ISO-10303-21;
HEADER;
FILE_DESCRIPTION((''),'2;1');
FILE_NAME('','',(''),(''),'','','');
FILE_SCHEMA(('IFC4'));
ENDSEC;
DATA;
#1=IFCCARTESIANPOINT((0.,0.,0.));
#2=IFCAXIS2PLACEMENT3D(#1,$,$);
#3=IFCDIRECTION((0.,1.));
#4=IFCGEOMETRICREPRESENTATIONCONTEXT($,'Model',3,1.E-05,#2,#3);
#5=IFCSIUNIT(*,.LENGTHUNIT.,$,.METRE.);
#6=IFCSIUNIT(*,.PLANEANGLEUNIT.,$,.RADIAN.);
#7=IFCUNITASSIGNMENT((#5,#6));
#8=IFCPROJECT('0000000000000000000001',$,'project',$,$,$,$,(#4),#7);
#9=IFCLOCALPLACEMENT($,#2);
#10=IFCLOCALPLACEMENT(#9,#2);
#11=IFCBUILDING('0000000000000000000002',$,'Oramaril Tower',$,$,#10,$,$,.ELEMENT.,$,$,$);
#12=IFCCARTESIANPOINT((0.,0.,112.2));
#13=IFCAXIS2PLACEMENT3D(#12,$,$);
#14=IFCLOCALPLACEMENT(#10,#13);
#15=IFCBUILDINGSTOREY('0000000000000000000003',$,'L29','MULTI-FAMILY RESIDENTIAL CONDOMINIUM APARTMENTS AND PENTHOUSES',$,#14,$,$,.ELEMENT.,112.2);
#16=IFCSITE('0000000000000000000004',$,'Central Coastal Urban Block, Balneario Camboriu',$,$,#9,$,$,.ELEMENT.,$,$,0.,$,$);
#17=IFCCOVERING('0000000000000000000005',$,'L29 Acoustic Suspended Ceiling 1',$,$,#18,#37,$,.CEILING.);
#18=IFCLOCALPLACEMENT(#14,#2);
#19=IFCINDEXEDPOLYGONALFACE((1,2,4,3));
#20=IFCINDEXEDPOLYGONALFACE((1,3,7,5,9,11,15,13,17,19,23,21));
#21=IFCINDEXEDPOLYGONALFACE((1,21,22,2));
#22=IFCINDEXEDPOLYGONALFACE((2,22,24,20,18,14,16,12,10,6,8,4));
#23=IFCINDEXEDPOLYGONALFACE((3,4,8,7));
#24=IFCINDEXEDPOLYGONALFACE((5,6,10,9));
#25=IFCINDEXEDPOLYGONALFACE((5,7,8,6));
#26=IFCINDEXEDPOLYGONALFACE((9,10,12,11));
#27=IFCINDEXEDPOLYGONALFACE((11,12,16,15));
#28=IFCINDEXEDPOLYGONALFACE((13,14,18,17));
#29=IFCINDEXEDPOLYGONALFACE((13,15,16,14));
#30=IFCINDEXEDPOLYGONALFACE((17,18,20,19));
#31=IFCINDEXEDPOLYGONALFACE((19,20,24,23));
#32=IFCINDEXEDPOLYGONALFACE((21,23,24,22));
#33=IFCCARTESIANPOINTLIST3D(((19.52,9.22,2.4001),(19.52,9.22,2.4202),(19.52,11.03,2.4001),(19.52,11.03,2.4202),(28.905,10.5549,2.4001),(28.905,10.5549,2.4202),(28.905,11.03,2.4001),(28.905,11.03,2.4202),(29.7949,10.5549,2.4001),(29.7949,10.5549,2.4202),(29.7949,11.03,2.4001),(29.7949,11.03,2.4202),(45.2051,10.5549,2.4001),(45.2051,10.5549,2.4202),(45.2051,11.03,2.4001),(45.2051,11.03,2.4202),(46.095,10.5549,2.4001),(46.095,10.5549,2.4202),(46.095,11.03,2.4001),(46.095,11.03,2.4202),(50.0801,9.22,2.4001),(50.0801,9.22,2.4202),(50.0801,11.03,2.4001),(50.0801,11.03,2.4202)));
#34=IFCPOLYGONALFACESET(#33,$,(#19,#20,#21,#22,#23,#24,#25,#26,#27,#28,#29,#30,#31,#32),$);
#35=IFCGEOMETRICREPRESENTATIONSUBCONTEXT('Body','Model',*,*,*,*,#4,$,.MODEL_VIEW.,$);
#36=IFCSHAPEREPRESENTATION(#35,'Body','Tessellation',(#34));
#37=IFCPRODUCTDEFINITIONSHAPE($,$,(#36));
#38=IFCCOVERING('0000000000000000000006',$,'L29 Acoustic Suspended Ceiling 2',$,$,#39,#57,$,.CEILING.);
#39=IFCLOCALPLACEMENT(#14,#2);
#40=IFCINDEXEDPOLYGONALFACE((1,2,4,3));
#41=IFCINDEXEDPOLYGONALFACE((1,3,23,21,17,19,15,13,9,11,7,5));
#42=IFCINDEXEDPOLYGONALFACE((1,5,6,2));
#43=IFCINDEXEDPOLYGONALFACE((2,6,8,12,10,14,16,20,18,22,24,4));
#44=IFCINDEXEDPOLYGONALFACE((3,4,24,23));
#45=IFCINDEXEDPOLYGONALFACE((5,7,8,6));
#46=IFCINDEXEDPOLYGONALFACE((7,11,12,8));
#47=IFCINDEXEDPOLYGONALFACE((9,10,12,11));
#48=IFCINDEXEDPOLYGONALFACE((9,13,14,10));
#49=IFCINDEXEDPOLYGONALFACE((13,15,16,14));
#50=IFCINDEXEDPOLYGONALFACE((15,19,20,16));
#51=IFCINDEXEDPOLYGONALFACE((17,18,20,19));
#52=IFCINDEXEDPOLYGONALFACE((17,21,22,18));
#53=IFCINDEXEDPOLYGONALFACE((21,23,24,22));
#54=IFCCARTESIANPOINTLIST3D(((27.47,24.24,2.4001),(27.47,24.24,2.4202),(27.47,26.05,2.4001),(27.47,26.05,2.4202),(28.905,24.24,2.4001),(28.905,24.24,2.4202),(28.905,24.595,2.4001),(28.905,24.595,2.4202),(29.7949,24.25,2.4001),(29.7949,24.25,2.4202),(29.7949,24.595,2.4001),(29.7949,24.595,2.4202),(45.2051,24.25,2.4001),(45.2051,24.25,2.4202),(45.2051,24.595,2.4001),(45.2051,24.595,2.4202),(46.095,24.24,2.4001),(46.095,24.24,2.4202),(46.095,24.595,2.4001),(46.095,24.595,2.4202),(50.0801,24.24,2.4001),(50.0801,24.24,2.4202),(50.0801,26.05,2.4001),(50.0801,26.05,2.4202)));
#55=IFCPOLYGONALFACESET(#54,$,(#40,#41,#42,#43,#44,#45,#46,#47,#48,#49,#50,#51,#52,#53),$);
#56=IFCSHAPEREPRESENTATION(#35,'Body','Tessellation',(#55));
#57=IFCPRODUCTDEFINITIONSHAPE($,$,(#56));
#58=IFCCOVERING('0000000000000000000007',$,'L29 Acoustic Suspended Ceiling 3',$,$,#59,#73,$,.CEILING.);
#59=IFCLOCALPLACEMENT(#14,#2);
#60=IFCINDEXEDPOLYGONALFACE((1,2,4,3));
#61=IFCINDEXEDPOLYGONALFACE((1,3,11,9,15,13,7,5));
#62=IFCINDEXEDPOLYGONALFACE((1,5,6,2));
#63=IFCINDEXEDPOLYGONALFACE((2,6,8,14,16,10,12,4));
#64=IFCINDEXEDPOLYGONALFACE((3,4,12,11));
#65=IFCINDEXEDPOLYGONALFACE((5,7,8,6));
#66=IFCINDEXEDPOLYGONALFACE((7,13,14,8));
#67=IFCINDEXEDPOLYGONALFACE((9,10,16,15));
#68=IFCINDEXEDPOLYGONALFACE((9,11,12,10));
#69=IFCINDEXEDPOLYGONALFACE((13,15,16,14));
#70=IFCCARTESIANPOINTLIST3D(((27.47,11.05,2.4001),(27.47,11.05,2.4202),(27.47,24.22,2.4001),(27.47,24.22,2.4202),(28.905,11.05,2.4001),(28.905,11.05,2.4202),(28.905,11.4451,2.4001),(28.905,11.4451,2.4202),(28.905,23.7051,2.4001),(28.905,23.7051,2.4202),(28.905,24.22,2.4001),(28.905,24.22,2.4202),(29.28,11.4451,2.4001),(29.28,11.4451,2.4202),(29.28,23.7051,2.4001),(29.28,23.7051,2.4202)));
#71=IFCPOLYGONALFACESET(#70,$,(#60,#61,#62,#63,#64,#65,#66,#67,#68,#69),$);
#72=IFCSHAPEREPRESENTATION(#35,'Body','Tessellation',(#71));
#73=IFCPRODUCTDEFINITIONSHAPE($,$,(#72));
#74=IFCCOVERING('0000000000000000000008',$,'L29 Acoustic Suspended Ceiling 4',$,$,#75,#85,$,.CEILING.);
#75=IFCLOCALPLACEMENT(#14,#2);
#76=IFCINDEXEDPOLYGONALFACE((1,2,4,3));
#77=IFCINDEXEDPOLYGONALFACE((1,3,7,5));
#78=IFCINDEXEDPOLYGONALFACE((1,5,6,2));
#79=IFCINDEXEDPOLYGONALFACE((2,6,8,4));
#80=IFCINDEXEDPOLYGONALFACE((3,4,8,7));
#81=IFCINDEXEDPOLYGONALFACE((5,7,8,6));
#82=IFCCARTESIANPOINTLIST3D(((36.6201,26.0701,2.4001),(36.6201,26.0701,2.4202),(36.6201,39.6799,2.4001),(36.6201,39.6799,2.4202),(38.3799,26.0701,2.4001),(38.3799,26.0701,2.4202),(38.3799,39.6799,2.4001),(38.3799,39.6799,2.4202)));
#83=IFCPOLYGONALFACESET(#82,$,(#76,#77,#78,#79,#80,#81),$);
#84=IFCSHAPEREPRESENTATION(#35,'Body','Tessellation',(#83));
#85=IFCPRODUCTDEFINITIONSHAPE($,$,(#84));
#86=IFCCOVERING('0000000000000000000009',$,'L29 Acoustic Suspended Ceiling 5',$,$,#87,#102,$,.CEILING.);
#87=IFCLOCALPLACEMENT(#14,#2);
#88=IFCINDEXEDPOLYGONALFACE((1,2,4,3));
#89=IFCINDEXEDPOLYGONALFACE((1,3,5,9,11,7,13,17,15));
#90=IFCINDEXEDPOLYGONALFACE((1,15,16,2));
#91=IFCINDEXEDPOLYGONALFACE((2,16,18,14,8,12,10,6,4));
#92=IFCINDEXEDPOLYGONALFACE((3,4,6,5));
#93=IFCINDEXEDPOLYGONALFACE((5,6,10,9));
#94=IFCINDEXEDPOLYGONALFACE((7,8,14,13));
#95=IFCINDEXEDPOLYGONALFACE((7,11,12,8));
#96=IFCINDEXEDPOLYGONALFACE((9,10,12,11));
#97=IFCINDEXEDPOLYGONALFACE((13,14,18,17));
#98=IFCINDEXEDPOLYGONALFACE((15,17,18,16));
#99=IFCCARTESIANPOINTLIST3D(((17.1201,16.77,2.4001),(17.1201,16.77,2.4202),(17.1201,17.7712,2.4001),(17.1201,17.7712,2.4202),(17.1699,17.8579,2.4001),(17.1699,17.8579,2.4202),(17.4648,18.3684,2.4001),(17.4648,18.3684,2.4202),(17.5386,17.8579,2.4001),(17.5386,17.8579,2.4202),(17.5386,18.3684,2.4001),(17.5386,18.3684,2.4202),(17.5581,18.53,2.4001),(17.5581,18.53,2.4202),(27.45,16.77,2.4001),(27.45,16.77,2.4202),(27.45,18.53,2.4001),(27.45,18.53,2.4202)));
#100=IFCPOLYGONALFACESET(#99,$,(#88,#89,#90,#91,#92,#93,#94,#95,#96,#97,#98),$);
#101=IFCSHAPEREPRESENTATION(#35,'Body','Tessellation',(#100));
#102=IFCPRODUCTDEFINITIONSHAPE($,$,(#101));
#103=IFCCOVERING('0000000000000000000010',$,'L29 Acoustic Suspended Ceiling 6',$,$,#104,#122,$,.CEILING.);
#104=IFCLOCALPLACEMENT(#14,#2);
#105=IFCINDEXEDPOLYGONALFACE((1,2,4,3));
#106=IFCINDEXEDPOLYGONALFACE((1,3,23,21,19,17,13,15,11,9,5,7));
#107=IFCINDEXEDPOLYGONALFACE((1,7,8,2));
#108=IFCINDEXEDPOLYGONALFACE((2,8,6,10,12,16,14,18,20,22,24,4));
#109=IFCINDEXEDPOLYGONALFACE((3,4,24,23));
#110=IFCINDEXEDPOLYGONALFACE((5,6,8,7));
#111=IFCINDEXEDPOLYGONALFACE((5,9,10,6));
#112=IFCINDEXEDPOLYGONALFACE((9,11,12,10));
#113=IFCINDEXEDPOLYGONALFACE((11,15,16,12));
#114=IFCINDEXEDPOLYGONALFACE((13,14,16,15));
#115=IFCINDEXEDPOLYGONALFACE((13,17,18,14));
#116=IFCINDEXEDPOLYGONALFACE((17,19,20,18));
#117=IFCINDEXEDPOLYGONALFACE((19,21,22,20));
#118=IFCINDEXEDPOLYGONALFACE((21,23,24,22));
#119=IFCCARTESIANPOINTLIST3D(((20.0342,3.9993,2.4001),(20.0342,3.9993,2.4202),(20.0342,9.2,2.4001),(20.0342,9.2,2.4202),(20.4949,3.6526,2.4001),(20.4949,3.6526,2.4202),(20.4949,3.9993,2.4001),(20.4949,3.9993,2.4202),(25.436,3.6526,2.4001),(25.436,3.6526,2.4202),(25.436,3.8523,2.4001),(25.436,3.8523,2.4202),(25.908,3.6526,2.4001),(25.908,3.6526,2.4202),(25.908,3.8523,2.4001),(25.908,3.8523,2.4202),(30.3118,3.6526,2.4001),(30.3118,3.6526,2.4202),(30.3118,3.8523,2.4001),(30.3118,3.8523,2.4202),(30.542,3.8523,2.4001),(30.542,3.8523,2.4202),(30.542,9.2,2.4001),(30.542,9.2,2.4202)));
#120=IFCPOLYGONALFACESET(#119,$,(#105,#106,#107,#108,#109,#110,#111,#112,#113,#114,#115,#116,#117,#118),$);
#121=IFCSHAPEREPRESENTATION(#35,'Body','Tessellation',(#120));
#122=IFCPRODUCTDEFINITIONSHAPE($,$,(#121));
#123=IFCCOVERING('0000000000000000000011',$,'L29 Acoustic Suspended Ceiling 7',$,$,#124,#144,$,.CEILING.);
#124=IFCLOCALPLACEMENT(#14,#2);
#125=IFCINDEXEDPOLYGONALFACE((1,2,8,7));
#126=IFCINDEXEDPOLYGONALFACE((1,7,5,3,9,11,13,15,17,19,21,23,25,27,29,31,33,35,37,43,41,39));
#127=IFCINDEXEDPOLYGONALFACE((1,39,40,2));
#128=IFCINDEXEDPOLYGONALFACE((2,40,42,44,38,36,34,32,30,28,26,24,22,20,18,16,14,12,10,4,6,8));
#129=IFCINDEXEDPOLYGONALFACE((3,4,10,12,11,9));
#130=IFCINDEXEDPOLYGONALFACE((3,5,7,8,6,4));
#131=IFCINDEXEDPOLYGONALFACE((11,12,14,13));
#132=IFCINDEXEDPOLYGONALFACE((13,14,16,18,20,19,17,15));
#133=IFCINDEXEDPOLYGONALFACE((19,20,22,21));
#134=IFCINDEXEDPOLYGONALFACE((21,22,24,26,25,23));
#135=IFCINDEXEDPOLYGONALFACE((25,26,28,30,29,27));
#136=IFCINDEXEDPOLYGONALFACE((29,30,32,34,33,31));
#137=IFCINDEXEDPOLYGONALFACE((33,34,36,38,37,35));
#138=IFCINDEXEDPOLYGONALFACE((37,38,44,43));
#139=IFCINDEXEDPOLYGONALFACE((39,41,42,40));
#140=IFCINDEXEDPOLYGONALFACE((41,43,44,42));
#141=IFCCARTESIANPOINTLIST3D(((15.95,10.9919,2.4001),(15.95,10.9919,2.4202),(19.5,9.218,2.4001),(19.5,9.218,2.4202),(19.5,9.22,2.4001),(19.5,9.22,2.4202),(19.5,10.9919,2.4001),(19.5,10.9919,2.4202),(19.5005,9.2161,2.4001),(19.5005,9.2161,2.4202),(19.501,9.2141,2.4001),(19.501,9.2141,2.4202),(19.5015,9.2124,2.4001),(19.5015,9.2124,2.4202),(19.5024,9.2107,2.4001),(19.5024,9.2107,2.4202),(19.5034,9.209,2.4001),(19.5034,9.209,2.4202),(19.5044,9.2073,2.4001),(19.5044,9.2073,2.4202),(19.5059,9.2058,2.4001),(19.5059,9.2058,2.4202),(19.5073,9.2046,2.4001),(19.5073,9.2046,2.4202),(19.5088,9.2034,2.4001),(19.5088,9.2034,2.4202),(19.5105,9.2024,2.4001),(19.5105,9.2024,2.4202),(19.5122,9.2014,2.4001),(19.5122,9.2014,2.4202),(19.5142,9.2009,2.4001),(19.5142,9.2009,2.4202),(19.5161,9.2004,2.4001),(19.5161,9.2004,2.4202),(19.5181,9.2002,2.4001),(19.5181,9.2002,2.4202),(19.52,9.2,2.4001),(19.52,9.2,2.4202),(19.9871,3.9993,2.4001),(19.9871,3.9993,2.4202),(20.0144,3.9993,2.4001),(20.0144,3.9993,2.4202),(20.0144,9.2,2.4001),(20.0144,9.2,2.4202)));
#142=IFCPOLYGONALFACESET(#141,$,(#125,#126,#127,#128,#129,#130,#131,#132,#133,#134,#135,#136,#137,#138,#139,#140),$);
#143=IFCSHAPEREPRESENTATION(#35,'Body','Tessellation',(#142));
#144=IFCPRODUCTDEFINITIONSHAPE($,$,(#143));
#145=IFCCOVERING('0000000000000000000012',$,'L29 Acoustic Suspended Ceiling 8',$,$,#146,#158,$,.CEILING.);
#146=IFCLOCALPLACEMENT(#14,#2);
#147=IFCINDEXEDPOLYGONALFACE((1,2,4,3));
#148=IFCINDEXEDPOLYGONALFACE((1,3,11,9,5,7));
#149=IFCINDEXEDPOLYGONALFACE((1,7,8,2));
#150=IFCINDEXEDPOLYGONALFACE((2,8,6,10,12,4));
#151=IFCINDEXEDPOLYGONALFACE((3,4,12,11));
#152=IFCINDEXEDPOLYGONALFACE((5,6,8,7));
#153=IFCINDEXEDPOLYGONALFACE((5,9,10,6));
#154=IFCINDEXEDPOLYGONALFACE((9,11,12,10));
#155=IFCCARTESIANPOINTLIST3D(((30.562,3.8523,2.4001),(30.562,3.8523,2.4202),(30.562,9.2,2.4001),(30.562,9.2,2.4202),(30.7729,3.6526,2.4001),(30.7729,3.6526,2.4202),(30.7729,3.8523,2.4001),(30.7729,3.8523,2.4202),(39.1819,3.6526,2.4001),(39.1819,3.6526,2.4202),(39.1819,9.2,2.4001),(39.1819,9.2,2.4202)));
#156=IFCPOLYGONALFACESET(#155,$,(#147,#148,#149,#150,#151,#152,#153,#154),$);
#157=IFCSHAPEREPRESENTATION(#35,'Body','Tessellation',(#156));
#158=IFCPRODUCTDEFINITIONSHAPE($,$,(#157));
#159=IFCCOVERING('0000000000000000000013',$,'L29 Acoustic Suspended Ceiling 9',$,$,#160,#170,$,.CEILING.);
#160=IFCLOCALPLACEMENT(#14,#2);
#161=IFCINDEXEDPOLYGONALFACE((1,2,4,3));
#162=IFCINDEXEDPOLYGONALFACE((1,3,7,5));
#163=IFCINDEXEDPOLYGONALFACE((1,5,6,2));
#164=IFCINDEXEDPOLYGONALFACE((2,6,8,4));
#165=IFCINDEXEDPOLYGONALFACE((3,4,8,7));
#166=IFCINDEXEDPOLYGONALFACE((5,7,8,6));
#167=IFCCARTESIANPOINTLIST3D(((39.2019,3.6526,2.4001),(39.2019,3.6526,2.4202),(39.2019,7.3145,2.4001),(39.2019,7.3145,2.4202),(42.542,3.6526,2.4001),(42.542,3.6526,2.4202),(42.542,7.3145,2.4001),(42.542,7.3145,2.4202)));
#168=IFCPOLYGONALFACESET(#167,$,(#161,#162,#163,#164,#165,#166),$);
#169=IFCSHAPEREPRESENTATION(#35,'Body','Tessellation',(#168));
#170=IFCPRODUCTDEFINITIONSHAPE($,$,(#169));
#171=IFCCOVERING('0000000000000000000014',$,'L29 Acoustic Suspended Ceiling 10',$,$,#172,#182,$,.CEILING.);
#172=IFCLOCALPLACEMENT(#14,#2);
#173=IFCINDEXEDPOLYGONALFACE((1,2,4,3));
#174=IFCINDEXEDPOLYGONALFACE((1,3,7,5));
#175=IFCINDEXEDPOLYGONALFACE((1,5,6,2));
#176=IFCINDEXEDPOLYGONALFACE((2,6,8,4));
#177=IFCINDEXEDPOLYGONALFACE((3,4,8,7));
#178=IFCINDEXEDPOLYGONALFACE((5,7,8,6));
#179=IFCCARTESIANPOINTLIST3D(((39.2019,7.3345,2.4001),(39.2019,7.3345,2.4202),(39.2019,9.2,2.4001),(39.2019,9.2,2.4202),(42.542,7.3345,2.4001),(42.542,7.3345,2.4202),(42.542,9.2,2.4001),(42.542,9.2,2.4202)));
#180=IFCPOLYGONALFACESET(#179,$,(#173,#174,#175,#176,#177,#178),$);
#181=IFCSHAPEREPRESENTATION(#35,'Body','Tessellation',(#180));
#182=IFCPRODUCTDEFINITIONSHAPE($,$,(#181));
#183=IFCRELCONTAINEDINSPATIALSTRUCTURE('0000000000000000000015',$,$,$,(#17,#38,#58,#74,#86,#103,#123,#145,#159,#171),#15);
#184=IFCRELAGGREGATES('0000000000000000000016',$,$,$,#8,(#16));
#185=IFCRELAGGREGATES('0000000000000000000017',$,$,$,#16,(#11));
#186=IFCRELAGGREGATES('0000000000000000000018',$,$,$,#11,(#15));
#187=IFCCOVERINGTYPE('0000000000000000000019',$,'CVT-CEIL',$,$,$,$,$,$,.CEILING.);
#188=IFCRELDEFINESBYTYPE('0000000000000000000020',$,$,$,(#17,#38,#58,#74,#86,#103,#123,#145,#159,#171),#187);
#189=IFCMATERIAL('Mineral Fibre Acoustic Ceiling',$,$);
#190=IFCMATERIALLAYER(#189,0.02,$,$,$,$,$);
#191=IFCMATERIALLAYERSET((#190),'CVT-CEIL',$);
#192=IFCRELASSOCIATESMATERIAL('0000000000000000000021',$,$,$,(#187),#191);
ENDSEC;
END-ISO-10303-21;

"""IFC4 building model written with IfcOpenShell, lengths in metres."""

from ifc_helpers import new_model, si_unit, direction, frame, origin, place, context, subcontext, project, spatial, polyline, outline, extrude, material, layer, layer_set, type_object, element, save


model = new_model("IFC4")

# Units and contexts
model_context = context("Model", 3, precision=1e-05, world=origin(), true_north=direction((0.0, 1.0)))
body_context = subcontext(model_context, "Body", "Model", "MODEL_VIEW")
ifc_project = project(units=[si_unit("LENGTHUNIT", "METRE"), si_unit("PLANEANGLEUNIT", "RADIAN")], contexts=[model_context])

# Site, building, storey
site_placement = place(None, origin())
site = spatial("IfcSite", under=ifc_project, at=site_placement, Name="Central Coastal Urban Block, Balneario Camboriu", CompositionType="ELEMENT", RefElevation=0.0)
building_placement = place(site_placement, origin())
building = spatial("IfcBuilding", under=site, at=building_placement, Name="Oramaril Tower", CompositionType="ELEMENT")
storey_placement = place(building_placement, frame((0.0, 0.0, 112.2)))
storey = spatial("IfcBuildingStorey", under=building, at=storey_placement, Name="L29", Description="MULTI-FAMILY RESIDENTIAL CONDOMINIUM APARTMENTS AND PENTHOUSES", CompositionType="ELEMENT", Elevation=112.2)

# Coverings
ifc_material_1 = material(Name="Mineral Fibre Acoustic Ceiling")
ifc_layer_1 = layer(ifc_material_1, 0.02)
ifc_layer_set_1 = layer_set([ifc_layer_1], Name="CVT-CEIL")
covering_type_1 = type_object("IfcCoveringType", Name="CVT-CEIL", PredefinedType="CEILING", material=ifc_layer_set_1)
covering_1_placement = place(storey_placement, frame((0.0, 0.0, 2.4001)))
element("IfcCovering", 1, at=covering_1_placement, inside=storey, type_object=covering_type_1, Name="L29 Acoustic Suspended Ceiling 1", PredefinedType="CEILING", context=body_context, shape_type="SweptSolid", body=[
    extrude(outline(polyline([(28.905, 10.5549), (29.7949, 10.5549), (29.7949, 11.03), (45.2051, 11.03), (45.2051, 10.5549), (46.095, 10.5549), (46.095, 11.03), (50.0801, 11.03), (50.0801, 9.22), (19.52, 9.22), (19.52, 11.03), (28.905, 11.03), (28.905, 10.5549)])), origin(), (0.0, 0.0, 1.0), 0.02),
])
covering_2_placement = place(storey_placement, frame((0.0, 0.0, 2.4001)))
element("IfcCovering", 2, at=covering_2_placement, inside=storey, type_object=covering_type_1, Name="L29 Acoustic Suspended Ceiling 2", PredefinedType="CEILING", context=body_context, shape_type="SweptSolid", body=[
    extrude(outline(polyline([(50.0801, 24.24), (46.095, 24.24), (46.095, 24.595), (45.2051, 24.595), (45.2051, 24.25), (29.7949, 24.25), (29.7949, 24.595), (28.905, 24.595), (28.905, 24.24), (27.47, 24.24), (27.47, 26.05), (50.0801, 26.05), (50.0801, 24.24)])), origin(), (0.0, 0.0, 1.0), 0.02),
])
covering_3_placement = place(storey_placement, frame((0.0, 0.0, 2.4001)))
element("IfcCovering", 3, at=covering_3_placement, inside=storey, type_object=covering_type_1, Name="L29 Acoustic Suspended Ceiling 3", PredefinedType="CEILING", context=body_context, shape_type="SweptSolid", body=[
    extrude(outline(polyline([(28.905, 23.7051), (29.28, 23.7051), (29.28, 11.4451), (28.905, 11.4451), (28.905, 11.05), (27.47, 11.05), (27.47, 24.22), (28.905, 24.22), (28.905, 23.7051)])), origin(), (0.0, 0.0, 1.0), 0.02),
])
covering_4_placement = place(storey_placement, frame((0.0, 0.0, 2.4001)))
element("IfcCovering", 4, at=covering_4_placement, inside=storey, type_object=covering_type_1, Name="L29 Acoustic Suspended Ceiling 4", PredefinedType="CEILING", context=body_context, shape_type="SweptSolid", body=[
    extrude(outline(polyline([(38.3799, 26.0701), (36.6201, 26.0701), (36.6201, 39.6799), (38.3799, 39.6799), (38.3799, 26.0701)])), origin(), (0.0, 0.0, 1.0), 0.02),
])
covering_5_placement = place(storey_placement, frame((0.0, 0.0, 2.4001)))
element("IfcCovering", 5, at=covering_5_placement, inside=storey, type_object=covering_type_1, Name="L29 Acoustic Suspended Ceiling 5", PredefinedType="CEILING", context=body_context, shape_type="SweptSolid", body=[
    extrude(outline(polyline([(17.1201, 16.77), (17.1201, 17.7712), (17.1699, 17.8579), (17.5386, 17.8579), (17.5386, 18.3684), (17.4648, 18.3684), (17.5581, 18.53), (27.45, 18.53), (27.45, 16.77), (17.1201, 16.77)])), origin(), (0.0, 0.0, 1.0), 0.02),
])
covering_6_placement = place(storey_placement, frame((0.0, 0.0, 2.4001)))
element("IfcCovering", 6, at=covering_6_placement, inside=storey, type_object=covering_type_1, Name="L29 Acoustic Suspended Ceiling 6", PredefinedType="CEILING", context=body_context, shape_type="SweptSolid", body=[
    extrude(outline(polyline([(25.908, 3.8523), (25.436, 3.8523), (25.436, 3.6526), (20.4949, 3.6526), (20.4949, 3.9993), (20.0342, 3.9993), (20.0342, 9.2), (30.542, 9.2), (30.542, 3.8523), (30.3118, 3.8523), (30.3118, 3.6526), (25.908, 3.6526), (25.908, 3.8523)])), origin(), (0.0, 0.0, 1.0), 0.02),
])
covering_7_placement = place(storey_placement, frame((0.0, 0.0, 2.4001)))
element("IfcCovering", 7, at=covering_7_placement, inside=storey, type_object=covering_type_1, Name="L29 Acoustic Suspended Ceiling 7", PredefinedType="CEILING", context=body_context, shape_type="SweptSolid", body=[
    extrude(outline(polyline([(19.9871, 3.9993), (15.95, 10.9919), (19.5, 10.9919), (19.5, 9.22), (19.5, 9.218), (19.5005, 9.2161), (19.501, 9.2141), (19.5015, 9.2124), (19.5024, 9.2107), (19.5034, 9.209), (19.5044, 9.2073), (19.5059, 9.2058), (19.5073, 9.2046), (19.5088, 9.2034), (19.5105, 9.2024), (19.5122, 9.2014), (19.5142, 9.2009), (19.5161, 9.2004), (19.5181, 9.2002), (19.52, 9.2), (20.0144, 9.2), (20.0144, 3.9993), (19.9871, 3.9993)])), origin(), (0.0, 0.0, 1.0), 0.02),
])
covering_8_placement = place(storey_placement, frame((0.0, 0.0, 2.4001)))
element("IfcCovering", 8, at=covering_8_placement, inside=storey, type_object=covering_type_1, Name="L29 Acoustic Suspended Ceiling 8", PredefinedType="CEILING", context=body_context, shape_type="SweptSolid", body=[
    extrude(outline(polyline([(39.1819, 3.6526), (30.7729, 3.6526), (30.7729, 3.8523), (30.562, 3.8523), (30.562, 9.2), (39.1819, 9.2), (39.1819, 3.6526)])), origin(), (0.0, 0.0, 1.0), 0.02),
])
covering_9_placement = place(storey_placement, frame((0.0, 0.0, 2.4001)))
element("IfcCovering", 9, at=covering_9_placement, inside=storey, type_object=covering_type_1, Name="L29 Acoustic Suspended Ceiling 9", PredefinedType="CEILING", context=body_context, shape_type="SweptSolid", body=[
    extrude(outline(polyline([(42.542, 7.3145), (42.542, 3.6526), (39.2019, 3.6526), (39.2019, 7.3145), (42.542, 7.3145)])), origin(), (0.0, 0.0, 1.0), 0.02),
])
covering_10_placement = place(storey_placement, frame((0.0, 0.0, 2.4001)))
element("IfcCovering", 10, at=covering_10_placement, inside=storey, type_object=covering_type_1, Name="L29 Acoustic Suspended Ceiling 10", PredefinedType="CEILING", context=body_context, shape_type="SweptSolid", body=[
    extrude(outline(polyline([(42.542, 7.3345), (39.2019, 7.3345), (39.2019, 9.2), (42.542, 9.2), (42.542, 7.3345)])), origin(), (0.0, 0.0, 1.0), 0.02),
])

save(model, "model.ifc")
